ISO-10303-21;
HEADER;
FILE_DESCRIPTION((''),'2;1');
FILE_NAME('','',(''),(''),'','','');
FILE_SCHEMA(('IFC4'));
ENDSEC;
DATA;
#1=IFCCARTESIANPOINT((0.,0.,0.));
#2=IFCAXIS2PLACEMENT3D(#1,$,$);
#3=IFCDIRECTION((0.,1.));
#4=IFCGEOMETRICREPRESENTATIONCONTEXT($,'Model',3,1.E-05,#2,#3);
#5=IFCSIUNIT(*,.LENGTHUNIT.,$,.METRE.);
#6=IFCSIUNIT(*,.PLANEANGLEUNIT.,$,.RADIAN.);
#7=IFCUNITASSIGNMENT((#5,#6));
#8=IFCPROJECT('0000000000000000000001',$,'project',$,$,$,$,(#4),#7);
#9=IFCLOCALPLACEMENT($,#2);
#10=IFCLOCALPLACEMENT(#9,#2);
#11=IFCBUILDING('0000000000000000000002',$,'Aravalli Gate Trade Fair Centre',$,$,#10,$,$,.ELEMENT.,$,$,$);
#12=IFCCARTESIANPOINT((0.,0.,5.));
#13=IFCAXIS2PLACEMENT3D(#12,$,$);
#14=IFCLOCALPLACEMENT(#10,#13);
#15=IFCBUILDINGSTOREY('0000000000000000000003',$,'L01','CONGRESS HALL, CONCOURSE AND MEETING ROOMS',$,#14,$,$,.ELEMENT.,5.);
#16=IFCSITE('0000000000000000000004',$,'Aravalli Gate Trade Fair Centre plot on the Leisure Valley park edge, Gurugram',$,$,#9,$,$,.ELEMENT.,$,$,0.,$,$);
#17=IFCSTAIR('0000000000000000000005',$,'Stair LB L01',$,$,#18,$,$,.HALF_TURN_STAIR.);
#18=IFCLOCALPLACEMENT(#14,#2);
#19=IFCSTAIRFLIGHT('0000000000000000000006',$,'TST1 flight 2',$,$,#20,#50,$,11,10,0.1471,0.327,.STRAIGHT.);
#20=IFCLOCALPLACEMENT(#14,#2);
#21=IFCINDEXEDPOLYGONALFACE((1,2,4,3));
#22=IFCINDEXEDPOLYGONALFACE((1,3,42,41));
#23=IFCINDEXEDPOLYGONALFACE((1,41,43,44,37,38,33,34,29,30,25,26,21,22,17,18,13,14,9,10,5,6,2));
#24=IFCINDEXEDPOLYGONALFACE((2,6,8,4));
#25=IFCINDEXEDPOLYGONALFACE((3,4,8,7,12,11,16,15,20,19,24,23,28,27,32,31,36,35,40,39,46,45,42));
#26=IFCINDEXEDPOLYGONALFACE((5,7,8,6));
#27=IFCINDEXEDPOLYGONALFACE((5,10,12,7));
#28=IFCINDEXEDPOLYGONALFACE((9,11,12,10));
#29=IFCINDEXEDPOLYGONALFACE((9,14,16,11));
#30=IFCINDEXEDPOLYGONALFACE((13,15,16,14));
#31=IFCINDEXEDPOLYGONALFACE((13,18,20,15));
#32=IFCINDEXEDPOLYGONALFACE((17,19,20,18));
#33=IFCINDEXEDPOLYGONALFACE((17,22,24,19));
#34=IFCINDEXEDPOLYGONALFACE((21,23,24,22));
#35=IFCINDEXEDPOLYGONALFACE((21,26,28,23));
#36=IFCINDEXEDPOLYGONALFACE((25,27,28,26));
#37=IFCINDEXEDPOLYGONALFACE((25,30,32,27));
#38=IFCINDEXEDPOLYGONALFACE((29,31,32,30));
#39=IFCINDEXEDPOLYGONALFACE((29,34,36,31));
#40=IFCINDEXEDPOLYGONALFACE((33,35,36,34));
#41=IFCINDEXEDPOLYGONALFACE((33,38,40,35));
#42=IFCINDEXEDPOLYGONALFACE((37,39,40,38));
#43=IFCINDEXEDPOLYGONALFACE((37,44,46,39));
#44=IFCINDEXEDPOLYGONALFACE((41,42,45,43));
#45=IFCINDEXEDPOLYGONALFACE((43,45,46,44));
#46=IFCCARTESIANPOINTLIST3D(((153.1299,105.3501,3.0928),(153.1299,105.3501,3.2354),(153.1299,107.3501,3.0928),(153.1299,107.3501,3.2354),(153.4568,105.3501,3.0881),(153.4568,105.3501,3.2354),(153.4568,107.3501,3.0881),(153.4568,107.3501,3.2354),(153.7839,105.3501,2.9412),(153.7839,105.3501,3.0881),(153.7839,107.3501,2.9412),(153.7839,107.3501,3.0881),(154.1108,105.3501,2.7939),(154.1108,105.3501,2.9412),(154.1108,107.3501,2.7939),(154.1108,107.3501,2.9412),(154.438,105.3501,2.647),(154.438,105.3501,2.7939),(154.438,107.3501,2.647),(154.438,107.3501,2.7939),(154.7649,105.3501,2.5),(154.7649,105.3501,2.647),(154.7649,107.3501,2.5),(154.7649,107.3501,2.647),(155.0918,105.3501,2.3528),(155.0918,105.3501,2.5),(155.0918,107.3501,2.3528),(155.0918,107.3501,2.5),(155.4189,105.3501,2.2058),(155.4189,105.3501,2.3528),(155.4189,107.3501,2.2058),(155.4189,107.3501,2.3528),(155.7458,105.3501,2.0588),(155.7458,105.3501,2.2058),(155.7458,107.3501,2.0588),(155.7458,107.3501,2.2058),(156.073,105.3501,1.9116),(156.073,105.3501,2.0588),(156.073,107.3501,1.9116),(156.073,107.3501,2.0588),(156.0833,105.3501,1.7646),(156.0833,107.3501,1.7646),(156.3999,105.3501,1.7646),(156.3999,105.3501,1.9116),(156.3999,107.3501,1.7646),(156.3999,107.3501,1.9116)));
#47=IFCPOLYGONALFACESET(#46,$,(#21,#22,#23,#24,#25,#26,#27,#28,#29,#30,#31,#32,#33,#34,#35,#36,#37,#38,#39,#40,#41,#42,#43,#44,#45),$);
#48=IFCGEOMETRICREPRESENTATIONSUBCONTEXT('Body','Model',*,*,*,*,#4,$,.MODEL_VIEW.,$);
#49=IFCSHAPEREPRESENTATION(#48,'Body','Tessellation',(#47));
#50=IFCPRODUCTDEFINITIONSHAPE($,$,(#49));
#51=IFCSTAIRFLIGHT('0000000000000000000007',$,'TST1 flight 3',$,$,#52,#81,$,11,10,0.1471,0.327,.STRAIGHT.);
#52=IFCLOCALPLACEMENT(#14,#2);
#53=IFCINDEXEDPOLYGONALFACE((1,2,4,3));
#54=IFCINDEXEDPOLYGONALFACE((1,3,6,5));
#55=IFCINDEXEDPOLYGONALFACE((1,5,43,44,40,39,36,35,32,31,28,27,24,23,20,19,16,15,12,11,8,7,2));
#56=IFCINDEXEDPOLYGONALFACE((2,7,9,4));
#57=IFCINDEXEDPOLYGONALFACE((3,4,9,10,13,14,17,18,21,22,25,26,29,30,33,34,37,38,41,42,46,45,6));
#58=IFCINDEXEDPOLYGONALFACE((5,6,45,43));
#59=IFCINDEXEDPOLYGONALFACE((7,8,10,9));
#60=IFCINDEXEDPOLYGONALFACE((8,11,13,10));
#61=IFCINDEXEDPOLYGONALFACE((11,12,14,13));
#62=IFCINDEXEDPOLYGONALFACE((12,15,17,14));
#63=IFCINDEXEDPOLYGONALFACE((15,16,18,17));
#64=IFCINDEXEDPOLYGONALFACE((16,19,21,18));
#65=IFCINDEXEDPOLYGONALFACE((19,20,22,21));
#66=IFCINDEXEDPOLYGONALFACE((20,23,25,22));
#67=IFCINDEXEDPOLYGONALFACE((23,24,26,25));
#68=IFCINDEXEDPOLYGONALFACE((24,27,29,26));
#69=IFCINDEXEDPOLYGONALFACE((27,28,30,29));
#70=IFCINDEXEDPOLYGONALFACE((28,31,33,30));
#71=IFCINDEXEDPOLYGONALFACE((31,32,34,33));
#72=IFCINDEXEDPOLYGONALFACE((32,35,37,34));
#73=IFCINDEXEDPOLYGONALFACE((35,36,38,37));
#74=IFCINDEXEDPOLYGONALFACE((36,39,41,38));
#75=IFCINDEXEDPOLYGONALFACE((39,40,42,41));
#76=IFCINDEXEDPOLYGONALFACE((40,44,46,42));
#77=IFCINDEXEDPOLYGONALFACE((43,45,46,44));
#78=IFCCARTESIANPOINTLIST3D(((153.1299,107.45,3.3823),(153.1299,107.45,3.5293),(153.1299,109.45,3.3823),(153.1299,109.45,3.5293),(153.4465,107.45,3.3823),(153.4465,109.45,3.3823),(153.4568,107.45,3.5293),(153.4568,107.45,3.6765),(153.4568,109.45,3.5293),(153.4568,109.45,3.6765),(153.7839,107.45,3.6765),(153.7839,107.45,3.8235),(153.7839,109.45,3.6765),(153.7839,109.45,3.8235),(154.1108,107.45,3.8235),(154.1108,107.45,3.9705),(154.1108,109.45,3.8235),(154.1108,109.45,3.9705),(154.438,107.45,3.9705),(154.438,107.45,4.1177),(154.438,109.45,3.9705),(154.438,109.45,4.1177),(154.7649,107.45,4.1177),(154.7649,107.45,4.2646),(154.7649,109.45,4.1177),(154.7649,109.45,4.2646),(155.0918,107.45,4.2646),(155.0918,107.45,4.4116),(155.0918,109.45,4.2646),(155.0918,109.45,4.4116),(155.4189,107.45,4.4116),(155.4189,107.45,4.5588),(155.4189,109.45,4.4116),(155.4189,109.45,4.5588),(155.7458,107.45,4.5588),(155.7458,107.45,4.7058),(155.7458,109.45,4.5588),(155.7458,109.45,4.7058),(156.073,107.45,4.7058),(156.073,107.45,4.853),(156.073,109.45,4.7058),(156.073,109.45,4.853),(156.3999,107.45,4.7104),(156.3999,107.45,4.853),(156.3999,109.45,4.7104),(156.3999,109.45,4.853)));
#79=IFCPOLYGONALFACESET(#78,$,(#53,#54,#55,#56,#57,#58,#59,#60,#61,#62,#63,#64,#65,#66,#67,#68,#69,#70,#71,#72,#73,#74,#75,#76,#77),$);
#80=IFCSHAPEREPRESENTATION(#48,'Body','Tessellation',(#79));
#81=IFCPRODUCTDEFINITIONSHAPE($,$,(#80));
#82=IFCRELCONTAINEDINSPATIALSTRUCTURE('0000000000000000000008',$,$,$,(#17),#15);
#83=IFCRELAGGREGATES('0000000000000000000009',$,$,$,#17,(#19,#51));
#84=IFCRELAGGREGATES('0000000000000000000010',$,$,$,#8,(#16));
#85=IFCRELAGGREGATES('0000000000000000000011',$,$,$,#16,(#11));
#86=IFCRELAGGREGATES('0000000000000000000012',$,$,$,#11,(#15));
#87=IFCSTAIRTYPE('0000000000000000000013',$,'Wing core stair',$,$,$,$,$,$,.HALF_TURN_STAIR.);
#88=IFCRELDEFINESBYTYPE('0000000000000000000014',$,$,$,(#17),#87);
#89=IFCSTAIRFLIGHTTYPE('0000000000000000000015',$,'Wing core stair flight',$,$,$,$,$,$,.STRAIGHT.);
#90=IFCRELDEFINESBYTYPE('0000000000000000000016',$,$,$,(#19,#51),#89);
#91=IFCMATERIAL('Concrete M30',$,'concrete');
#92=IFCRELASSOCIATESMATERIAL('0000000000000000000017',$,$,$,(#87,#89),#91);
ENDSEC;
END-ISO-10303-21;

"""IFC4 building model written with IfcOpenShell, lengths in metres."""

from ifc_helpers import new_model, si_unit, direction, frame, origin, place, context, subcontext, project, spatial, polyline, outline, extrude, material, type_object, element, aggregate, save


model = new_model("IFC4")

# Units and contexts
model_context = context("Model", 3, precision=1e-05, world=origin(), true_north=direction((0.0, 1.0)))
body_context = subcontext(model_context, "Body", "Model", "MODEL_VIEW")
ifc_project = project(units=[si_unit("LENGTHUNIT", "METRE"), si_unit("PLANEANGLEUNIT", "RADIAN")], contexts=[model_context])

# Site, building, storey
site_placement = place(None, origin())
site = spatial("IfcSite", under=ifc_project, at=site_placement, Name="Aravalli Gate Trade Fair Centre plot on the Leisure Valley park edge, Gurugram", CompositionType="ELEMENT", RefElevation=0.0)
building_placement = place(site_placement, origin())
building = spatial("IfcBuilding", under=site, at=building_placement, Name="Aravalli Gate Trade Fair Centre", CompositionType="ELEMENT")
storey_placement = place(building_placement, frame((0.0, 0.0, 5.0)))
storey = spatial("IfcBuildingStorey", under=building, at=storey_placement, Name="L01", Description="CONGRESS HALL, CONCOURSE AND MEETING ROOMS", CompositionType="ELEMENT", Elevation=5.0)

# Shared definitions
ifc_material_1 = material(Name="Concrete M30", Category="concrete")

# Stair, stair flights
stair_type = type_object("IfcStairType", Name="Wing core stair", PredefinedType="HALF_TURN_STAIR", material=ifc_material_1)
stair_flight_type = type_object("IfcStairFlightType", Name="Wing core stair flight", PredefinedType="STRAIGHT", material=ifc_material_1)
stair_1_placement = place(storey_placement, origin())
stair_1 = element("IfcStair", 1, at=stair_1_placement, inside=storey, type_object=stair_type, Name="Stair LB L01", PredefinedType="HALF_TURN_STAIR")
stair_flight_1_placement = place(storey_placement, frame((156.3999, 106.3501, 1.7646), z_axis=(0.0, 0.0, 1.0), x_axis=(-1.0, 0.0, 0.0)))
stair_flight_1 = element("IfcStairFlight", 2, at=stair_flight_1_placement, type_object=stair_flight_type, Name="TST1 flight 2", NumberOfRisers=11, NumberOfTreads=10, PredefinedType="STRAIGHT", RiserHeight=0.1471, TreadLength=0.327, context=body_context, shape_type="SweptSolid", body=[
    extrude(outline(polyline([(0.0, 0.0), (0.0, 0.147), (0.3269, 0.147), (0.3269, 0.2942), (0.6541, 0.2942), (0.6541, 0.4412), (0.981, 0.4412), (0.981, 0.5881), (1.3081, 0.5881), (1.3081, 0.7354), (1.635, 0.7354), (1.635, 0.8823), (1.9619, 0.8823), (1.9619, 1.0293), (2.2891, 1.0293), (2.2891, 1.1765), (2.616, 1.1765), (2.616, 1.3235), (2.9431, 1.3235), (2.9431, 1.4707), (3.27, 1.4707), (3.27, 1.6177), (3.27, 1.3281), (0.3167, 0.0), (0.0, 0.0)])), frame((0.0, 1.0, 0.0), z_axis=(0.0, -1.0, 0.0), x_axis=(1.0, 0.0, 0.0)), (0.0, 0.0, 1.0), 2.0),
])
stair_flight_2_placement = place(storey_placement, frame((153.1299, 108.45, 3.3823), z_axis=(0.0, 0.0, 1.0), x_axis=(1.0, 0.0, 0.0)))
stair_flight_2 = element("IfcStairFlight", 3, at=stair_flight_2_placement, type_object=stair_flight_type, Name="TST1 flight 3", NumberOfRisers=11, NumberOfTreads=10, PredefinedType="STRAIGHT", RiserHeight=0.1471, TreadLength=0.327, context=body_context, shape_type="SweptSolid", body=[
    extrude(outline(polyline([(0.0, 0.0), (0.0, 0.147), (0.3269, 0.147), (0.3269, 0.2942), (0.6541, 0.2942), (0.6541, 0.4412), (0.981, 0.4412), (0.981, 0.5881), (1.3081, 0.5881), (1.3081, 0.7354), (1.635, 0.7354), (1.635, 0.8823), (1.9619, 0.8823), (1.9619, 1.0293), (2.2891, 1.0293), (2.2891, 1.1765), (2.616, 1.1765), (2.616, 1.3235), (2.9431, 1.3235), (2.9431, 1.4707), (3.27, 1.4707), (3.27, 1.6177), (3.27, 1.3281), (0.3167, 0.0), (0.0, 0.0)])), frame((0.0, 1.0, 0.0), z_axis=(0.0, -1.0, 0.0), x_axis=(1.0, 0.0, 0.0)), (0.0, 0.0, 1.0), 2.0),
])
aggregate(stair_1, [stair_flight_1, stair_flight_2])

save(model, "model.ifc")
